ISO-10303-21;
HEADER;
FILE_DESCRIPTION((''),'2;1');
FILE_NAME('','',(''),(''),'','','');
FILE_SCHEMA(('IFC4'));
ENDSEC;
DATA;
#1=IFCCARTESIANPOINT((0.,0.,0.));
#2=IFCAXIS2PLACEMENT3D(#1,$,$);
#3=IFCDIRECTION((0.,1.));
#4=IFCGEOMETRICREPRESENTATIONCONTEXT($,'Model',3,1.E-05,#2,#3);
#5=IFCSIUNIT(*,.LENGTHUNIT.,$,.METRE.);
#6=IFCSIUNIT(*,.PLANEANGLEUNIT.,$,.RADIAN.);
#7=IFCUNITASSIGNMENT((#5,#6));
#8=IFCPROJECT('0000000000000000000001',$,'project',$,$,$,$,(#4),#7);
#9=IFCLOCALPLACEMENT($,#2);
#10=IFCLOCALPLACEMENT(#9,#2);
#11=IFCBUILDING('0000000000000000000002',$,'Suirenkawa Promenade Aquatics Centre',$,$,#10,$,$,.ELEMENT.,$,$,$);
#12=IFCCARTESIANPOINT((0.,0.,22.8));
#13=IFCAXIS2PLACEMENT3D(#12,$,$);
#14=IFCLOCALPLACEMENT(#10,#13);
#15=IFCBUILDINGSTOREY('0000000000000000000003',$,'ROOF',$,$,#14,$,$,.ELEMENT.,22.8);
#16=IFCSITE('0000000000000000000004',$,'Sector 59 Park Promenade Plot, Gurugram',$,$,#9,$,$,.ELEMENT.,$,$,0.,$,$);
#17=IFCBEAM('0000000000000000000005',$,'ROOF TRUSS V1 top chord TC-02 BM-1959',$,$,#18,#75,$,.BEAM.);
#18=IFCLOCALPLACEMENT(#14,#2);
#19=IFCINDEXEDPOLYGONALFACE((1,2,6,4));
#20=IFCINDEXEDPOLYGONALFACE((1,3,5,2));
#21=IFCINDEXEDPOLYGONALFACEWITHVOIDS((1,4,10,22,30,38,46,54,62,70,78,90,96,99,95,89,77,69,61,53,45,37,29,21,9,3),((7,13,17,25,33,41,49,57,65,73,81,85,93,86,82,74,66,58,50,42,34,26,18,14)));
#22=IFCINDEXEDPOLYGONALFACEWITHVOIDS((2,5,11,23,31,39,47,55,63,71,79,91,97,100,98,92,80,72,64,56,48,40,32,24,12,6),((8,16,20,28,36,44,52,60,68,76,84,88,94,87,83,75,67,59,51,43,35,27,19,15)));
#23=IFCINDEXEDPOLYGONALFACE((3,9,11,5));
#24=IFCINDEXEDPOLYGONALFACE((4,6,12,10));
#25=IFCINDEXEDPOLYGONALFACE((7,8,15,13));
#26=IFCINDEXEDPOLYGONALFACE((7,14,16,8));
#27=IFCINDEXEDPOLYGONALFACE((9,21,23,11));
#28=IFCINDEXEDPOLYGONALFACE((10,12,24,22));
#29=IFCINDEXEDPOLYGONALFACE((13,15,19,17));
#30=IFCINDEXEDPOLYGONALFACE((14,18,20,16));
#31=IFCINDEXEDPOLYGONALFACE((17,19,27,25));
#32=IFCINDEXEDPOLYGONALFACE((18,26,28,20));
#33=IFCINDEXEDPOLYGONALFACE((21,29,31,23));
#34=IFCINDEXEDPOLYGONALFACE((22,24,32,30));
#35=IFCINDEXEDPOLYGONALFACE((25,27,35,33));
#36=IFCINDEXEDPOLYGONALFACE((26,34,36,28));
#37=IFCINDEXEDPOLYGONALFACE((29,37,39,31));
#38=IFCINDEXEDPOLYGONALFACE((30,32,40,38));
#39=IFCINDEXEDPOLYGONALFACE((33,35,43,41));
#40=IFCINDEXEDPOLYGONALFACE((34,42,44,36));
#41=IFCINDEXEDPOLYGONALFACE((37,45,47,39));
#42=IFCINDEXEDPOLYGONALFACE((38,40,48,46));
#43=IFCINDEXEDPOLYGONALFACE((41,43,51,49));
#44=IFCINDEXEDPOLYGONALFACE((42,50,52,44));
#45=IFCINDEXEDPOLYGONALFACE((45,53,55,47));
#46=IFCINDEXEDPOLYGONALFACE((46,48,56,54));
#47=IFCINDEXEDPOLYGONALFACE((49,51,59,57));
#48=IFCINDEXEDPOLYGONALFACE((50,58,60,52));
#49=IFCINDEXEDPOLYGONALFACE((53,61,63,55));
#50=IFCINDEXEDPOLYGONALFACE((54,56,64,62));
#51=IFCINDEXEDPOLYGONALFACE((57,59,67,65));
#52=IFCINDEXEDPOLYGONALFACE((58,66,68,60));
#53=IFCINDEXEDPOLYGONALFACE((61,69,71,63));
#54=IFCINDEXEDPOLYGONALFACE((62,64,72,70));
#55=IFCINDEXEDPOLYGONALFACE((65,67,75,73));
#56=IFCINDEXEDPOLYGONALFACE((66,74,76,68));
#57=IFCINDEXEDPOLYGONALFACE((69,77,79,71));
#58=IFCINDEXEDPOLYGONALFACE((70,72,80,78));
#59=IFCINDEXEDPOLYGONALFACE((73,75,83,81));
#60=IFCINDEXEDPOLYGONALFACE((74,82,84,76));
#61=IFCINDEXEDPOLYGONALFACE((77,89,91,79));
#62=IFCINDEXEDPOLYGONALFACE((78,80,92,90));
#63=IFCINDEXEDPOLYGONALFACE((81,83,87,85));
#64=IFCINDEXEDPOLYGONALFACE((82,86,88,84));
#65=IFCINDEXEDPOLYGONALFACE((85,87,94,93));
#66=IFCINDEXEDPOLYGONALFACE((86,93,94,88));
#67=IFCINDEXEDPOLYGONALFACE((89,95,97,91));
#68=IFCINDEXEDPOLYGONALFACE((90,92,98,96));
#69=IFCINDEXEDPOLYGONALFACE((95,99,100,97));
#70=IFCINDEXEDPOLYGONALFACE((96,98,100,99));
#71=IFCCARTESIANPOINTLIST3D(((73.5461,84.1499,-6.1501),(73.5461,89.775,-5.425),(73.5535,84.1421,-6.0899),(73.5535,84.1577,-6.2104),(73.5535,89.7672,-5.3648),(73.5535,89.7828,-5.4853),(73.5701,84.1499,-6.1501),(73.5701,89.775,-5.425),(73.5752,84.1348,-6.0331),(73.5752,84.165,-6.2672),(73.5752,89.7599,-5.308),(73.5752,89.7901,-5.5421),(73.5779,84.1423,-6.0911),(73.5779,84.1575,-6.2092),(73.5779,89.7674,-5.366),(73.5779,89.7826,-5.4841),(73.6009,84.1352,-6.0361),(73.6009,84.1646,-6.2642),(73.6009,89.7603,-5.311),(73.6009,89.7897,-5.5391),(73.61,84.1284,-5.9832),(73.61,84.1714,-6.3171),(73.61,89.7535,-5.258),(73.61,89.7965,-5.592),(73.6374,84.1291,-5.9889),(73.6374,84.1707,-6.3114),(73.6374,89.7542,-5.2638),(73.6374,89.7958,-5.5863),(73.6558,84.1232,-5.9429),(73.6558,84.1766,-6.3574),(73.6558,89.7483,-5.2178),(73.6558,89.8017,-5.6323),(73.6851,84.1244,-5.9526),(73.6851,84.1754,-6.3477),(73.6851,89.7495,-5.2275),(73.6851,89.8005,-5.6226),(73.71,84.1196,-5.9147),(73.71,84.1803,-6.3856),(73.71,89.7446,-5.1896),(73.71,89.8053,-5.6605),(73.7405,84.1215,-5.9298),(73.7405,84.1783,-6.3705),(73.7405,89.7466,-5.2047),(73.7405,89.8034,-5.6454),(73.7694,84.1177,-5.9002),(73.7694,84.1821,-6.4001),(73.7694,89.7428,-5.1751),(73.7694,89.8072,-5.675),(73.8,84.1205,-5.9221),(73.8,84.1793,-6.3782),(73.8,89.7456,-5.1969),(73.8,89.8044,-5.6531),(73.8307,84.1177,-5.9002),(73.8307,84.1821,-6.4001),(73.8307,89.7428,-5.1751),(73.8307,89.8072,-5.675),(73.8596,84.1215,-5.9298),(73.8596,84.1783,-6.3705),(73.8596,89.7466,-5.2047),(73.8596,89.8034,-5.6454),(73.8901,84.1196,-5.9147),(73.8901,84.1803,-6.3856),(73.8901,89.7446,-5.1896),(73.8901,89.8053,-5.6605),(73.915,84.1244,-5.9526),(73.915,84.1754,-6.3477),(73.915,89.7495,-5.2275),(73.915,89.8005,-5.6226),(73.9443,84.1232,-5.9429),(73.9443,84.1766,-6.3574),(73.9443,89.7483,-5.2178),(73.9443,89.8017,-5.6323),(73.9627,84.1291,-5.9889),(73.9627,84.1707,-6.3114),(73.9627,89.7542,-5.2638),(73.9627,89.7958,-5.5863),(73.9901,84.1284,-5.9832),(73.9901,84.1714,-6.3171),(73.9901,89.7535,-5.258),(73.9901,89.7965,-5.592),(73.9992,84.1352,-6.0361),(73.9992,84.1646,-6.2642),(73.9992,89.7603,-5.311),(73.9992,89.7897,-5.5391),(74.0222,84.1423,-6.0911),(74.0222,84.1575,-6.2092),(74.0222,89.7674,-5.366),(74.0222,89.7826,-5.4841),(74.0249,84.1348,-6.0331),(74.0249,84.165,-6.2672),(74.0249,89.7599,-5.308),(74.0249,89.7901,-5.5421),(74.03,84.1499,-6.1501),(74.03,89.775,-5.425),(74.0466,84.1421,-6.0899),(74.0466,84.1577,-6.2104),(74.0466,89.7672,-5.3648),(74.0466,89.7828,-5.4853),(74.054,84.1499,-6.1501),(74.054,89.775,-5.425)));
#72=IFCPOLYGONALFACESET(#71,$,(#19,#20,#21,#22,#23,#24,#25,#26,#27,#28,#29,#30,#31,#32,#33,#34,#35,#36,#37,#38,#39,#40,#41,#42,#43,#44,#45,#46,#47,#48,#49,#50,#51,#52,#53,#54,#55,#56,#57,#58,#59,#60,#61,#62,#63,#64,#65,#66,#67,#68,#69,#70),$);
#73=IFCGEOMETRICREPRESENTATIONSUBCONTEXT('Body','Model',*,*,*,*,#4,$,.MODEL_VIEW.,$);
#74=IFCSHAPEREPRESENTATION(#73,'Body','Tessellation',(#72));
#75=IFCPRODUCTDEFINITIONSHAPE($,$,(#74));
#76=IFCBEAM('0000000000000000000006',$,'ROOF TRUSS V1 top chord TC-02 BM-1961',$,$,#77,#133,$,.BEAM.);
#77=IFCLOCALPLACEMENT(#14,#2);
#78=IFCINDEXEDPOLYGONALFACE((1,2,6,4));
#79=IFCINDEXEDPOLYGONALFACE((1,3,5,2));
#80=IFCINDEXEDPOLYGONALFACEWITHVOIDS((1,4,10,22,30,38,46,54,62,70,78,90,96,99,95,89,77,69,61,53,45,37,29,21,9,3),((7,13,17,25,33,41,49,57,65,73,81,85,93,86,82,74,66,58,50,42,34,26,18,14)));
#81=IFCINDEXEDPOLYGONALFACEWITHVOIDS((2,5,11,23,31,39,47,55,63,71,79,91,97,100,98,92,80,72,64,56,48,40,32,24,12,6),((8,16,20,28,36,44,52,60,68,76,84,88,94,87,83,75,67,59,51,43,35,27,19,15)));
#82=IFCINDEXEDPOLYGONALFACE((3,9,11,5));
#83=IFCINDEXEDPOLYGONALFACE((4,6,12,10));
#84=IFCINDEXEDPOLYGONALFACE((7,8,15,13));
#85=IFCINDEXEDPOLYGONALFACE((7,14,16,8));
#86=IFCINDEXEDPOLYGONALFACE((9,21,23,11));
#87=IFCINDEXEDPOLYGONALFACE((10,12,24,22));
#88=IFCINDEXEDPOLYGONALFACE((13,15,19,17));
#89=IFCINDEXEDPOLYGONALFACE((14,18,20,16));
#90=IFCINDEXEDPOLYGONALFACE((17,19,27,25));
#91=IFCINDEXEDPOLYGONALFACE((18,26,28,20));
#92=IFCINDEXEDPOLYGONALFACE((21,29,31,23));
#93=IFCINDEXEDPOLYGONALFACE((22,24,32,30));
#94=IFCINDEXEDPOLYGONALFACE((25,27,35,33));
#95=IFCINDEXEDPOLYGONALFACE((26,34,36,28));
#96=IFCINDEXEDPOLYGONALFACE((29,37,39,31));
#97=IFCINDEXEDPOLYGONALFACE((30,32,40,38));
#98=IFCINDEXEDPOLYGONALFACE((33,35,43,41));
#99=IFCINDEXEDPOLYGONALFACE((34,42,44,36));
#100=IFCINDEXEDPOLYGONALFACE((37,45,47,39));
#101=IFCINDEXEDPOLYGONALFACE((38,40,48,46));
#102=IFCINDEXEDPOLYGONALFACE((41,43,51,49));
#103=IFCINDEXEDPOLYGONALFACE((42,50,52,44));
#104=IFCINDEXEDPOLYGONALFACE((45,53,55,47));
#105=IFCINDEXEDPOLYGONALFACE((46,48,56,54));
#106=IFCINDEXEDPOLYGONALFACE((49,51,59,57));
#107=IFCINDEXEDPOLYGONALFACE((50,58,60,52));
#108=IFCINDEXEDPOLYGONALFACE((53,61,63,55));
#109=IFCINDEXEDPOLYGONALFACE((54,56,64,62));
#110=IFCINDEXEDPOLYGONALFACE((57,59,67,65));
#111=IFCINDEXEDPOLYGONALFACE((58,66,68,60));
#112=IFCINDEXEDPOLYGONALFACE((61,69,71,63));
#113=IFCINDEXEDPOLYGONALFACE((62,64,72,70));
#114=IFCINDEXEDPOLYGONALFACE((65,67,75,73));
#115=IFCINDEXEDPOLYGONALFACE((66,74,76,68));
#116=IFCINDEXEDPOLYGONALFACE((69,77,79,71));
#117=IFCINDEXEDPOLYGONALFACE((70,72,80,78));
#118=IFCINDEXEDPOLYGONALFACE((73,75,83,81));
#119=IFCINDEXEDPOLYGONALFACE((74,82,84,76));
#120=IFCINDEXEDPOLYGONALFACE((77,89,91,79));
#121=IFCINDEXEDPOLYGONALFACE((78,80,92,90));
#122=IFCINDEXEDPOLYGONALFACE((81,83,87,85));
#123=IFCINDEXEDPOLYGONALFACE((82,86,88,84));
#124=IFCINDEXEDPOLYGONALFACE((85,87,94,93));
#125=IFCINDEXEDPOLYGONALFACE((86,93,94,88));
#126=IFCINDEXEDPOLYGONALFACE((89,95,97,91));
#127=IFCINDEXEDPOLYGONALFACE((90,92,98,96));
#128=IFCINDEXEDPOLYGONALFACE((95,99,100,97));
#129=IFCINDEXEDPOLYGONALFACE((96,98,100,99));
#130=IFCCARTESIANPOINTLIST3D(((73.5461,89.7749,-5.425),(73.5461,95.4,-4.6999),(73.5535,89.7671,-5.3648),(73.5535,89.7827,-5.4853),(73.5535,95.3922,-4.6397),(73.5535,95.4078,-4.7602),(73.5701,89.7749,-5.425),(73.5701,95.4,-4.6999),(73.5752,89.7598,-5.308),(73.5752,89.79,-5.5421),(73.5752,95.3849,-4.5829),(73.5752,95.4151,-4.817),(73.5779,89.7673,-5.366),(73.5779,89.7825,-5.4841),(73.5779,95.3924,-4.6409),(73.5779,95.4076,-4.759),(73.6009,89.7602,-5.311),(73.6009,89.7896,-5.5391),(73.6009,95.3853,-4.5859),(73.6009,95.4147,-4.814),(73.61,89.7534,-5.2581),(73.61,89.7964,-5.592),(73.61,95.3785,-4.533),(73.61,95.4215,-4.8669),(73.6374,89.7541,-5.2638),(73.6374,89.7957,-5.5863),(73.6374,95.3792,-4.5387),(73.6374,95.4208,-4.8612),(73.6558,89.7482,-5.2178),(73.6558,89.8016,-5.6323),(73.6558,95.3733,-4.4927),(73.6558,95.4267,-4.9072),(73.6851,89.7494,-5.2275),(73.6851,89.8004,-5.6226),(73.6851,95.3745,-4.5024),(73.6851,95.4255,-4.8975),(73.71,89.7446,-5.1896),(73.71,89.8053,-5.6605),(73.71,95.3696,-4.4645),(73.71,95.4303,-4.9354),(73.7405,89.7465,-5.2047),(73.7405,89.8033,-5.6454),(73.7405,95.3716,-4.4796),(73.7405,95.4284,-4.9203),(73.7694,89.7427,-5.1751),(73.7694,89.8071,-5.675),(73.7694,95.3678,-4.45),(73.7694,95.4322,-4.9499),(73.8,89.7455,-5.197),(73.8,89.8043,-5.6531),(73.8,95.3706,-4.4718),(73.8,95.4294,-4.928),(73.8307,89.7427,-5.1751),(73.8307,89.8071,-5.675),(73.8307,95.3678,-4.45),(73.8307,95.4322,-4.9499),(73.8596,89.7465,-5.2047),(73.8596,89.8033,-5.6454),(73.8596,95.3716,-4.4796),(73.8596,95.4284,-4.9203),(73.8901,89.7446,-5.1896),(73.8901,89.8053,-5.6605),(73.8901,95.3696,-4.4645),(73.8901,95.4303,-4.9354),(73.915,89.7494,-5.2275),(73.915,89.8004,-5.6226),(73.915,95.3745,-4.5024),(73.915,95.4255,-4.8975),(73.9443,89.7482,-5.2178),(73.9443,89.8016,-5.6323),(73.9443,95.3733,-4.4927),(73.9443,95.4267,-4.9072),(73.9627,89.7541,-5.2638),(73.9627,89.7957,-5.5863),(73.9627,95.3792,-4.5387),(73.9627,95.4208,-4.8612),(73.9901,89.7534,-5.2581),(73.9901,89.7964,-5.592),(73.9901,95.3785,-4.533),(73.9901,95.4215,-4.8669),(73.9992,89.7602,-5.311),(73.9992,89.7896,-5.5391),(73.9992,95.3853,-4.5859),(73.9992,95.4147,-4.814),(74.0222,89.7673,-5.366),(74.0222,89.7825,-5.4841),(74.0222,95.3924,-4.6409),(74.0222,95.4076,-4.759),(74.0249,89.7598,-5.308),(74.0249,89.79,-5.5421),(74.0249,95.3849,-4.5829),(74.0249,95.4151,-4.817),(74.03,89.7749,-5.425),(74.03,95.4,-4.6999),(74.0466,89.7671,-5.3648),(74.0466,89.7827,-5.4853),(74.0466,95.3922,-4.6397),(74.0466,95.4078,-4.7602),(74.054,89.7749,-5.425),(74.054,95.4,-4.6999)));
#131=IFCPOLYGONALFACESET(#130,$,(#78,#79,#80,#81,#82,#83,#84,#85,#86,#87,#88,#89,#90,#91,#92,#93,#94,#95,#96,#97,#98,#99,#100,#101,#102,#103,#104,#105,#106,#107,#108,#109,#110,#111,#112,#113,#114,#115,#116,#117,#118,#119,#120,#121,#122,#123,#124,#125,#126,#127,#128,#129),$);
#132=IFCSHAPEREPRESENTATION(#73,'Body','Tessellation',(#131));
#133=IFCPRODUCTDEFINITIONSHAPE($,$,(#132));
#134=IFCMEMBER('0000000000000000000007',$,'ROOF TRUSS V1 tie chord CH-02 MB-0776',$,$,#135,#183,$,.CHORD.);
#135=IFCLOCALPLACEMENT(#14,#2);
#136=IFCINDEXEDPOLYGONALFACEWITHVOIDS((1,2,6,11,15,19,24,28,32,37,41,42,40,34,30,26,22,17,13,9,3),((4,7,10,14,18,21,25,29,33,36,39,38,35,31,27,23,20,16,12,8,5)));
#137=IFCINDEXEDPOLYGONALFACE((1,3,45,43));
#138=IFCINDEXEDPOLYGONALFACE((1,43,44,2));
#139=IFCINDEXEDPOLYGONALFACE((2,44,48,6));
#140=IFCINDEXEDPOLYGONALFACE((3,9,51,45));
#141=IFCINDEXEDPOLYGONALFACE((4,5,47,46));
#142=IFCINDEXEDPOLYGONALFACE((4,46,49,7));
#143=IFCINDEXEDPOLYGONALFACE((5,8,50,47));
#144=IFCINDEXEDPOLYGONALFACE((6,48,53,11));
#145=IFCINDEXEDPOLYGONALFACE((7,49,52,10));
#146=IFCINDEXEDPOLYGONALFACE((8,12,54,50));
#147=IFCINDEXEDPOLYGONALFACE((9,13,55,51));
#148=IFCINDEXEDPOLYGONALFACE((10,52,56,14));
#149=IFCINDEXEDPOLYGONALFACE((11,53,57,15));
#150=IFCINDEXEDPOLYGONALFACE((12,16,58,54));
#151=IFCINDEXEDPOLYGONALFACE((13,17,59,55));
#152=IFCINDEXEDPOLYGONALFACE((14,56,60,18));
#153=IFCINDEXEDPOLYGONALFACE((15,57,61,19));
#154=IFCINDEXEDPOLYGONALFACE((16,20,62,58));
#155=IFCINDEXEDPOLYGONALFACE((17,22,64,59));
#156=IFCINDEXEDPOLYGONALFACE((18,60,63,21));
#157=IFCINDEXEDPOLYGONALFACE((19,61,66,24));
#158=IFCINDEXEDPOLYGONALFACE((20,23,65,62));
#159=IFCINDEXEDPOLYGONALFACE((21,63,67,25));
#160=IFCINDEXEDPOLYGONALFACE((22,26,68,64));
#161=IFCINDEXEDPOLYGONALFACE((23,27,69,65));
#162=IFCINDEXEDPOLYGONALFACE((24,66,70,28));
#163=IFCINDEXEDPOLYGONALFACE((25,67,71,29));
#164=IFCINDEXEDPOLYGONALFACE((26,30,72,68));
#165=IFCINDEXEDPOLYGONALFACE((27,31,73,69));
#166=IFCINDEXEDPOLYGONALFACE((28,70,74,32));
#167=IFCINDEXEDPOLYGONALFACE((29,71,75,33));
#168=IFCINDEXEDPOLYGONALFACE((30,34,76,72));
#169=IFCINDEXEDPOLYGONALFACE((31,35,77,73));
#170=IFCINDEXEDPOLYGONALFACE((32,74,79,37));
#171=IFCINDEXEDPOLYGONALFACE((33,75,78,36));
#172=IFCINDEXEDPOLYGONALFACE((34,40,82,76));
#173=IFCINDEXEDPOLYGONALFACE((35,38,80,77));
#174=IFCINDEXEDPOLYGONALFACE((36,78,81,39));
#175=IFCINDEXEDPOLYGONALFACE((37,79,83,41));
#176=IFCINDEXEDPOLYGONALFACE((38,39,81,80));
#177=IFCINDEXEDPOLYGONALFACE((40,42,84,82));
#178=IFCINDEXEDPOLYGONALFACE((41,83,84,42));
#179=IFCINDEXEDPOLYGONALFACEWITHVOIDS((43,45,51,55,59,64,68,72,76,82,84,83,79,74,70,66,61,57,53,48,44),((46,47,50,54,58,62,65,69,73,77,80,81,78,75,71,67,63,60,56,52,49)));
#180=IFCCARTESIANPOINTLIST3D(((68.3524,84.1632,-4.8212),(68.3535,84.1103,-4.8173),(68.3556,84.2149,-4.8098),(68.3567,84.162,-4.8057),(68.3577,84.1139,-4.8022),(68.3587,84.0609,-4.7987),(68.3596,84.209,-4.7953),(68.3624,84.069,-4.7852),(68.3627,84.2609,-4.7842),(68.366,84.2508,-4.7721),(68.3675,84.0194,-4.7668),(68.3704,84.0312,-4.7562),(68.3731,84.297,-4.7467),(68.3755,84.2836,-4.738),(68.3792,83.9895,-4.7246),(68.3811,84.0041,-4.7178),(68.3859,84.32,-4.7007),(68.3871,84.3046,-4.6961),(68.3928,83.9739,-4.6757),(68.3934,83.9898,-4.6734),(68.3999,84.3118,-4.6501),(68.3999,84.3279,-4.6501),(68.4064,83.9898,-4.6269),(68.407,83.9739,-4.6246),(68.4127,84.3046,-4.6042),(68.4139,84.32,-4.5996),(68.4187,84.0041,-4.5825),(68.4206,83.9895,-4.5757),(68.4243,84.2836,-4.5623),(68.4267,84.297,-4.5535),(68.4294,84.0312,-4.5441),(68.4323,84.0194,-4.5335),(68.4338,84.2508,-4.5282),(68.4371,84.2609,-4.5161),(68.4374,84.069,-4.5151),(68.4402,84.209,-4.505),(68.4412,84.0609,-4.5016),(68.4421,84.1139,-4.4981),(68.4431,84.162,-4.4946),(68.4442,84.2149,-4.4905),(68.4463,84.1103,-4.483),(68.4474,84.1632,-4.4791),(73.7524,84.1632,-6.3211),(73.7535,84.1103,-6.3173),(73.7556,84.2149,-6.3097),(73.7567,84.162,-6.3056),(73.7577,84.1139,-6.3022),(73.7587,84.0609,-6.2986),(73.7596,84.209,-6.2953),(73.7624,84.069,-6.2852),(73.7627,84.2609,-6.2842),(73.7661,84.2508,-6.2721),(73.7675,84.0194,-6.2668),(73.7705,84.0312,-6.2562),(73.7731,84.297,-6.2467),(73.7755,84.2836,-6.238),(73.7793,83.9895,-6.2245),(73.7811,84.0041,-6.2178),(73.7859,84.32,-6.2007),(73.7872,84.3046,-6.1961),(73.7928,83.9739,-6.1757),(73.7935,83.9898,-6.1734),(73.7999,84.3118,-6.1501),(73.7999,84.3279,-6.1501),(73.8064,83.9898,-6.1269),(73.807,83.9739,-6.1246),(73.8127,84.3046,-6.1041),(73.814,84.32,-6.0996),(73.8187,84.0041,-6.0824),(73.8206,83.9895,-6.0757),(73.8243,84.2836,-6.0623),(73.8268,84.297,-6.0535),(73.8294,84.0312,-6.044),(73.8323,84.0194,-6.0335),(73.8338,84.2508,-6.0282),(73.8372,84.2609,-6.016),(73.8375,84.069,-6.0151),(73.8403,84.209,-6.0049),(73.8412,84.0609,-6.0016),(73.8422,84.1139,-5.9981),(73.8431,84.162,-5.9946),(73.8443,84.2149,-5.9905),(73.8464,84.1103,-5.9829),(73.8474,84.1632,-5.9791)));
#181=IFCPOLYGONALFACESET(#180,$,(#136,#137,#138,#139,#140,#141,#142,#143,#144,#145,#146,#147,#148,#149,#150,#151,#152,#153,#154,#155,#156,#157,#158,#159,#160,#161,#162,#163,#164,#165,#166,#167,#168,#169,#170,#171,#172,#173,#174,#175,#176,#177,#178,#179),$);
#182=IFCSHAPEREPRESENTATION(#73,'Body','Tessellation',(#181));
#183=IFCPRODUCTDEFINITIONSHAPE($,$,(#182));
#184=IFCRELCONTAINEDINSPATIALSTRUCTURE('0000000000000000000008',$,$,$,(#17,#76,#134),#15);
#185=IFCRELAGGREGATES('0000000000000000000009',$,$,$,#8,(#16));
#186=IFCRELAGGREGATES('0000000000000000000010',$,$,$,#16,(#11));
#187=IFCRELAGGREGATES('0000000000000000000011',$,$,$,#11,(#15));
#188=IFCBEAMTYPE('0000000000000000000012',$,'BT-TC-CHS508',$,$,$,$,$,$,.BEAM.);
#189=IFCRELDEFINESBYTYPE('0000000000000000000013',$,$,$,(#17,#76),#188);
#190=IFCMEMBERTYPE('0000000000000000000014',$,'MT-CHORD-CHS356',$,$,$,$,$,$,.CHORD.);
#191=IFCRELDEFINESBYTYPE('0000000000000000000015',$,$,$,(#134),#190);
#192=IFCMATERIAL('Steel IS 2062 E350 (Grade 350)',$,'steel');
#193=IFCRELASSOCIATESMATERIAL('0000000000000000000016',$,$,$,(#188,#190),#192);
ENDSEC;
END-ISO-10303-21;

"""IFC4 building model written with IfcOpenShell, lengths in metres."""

from ifc_helpers import new_model, si_unit, direction, frame, origin, origin_2d, place, context, subcontext, project, spatial, hollow_circle, extrude, material, material_profile, profile_set, type_object, element, save


model = new_model("IFC4")

# Units and contexts
model_context = context("Model", 3, precision=1e-05, world=origin(), true_north=direction((0.0, 1.0)))
body_context = subcontext(model_context, "Body", "Model", "MODEL_VIEW")
ifc_project = project(units=[si_unit("LENGTHUNIT", "METRE"), si_unit("PLANEANGLEUNIT", "RADIAN")], contexts=[model_context])

# Site, building, storey
site_placement = place(None, origin())
site = spatial("IfcSite", under=ifc_project, at=site_placement, Name="Sector 59 Park Promenade Plot, Gurugram", CompositionType="ELEMENT", RefElevation=0.0)
building_placement = place(site_placement, origin())
building = spatial("IfcBuilding", under=site, at=building_placement, Name="Suirenkawa Promenade Aquatics Centre", CompositionType="ELEMENT")
storey_placement = place(building_placement, frame((0.0, 0.0, 22.8)))
storey = spatial("IfcBuildingStorey", under=building, at=storey_placement, Name="ROOF", CompositionType="ELEMENT", Elevation=22.8)

# Beams
ifc_material = material(Name="Steel IS 2062 E350 (Grade 350)", Category="steel")
ifc_material_profile_1 = material_profile(ifc_material, hollow_circle(Radius=0.2539, WallThickness=0.0239, at=origin_2d()), Name="CHS 508x24", Category="steel")
ifc_profile_set_1 = profile_set([ifc_material_profile_1], Name="Steel IS 2062 E350 (Grade 350)")
beam_type_1 = type_object("IfcBeamType", Name="BT-TC-CHS508", PredefinedType="BEAM", material=ifc_profile_set_1)
for number, where, z_axis, x_axis, name in (
    (1, (73.8, 84.1499, -6.1501), (0.0, 0.991794, 0.127848), (-1.0, 0.0, 0.0), "ROOF TRUSS V1 top chord TC-02 BM-1959"),
    (2, (73.8, 89.7749, -5.425), (0.0, 0.991794, 0.127848), (-1.0, 0.0, 0.0), "ROOF TRUSS V1 top chord TC-02 BM-1961"),
):
    element("IfcBeam", number, at=place(storey_placement, frame(where, z_axis=z_axis, x_axis=x_axis)), inside=storey, type_object=beam_type_1, Name=name, PredefinedType="BEAM", context=body_context, shape_type="SweptSolid", body=[
        extrude(hollow_circle(Radius=0.2539, WallThickness=0.0239, at=origin_2d()), origin(), (0.0, 0.0, 1.0), 5.6716),
    ])

# Member
ifc_material_profile_2 = material_profile(ifc_material, hollow_circle(Radius=0.178, WallThickness=0.0161, at=origin_2d()), Name="CHS 356x16", Category="steel")
ifc_profile_set_2 = profile_set([ifc_material_profile_2], Name="Steel IS 2062 E350 (Grade 350)")
member_type_1 = type_object("IfcMemberType", Name="MT-CHORD-CHS356", PredefinedType="CHORD", material=ifc_profile_set_2)
member_1_placement = place(storey_placement, frame((68.3999, 84.1499, -4.6501), z_axis=(0.96352, 0.0, -0.267637), x_axis=(0.0, 1.0, 0.0)))
element("IfcMember", 3, at=member_1_placement, inside=storey, type_object=member_type_1, Name="ROOF TRUSS V1 tie chord CH-02 MB-0776", PredefinedType="CHORD", context=body_context, shape_type="SweptSolid", body=[
    extrude(hollow_circle(Radius=0.178, WallThickness=0.0161, at=origin_2d()), origin(), (0.0, 0.0, 1.0), 5.6045),
])

save(model, "model.ifc")
